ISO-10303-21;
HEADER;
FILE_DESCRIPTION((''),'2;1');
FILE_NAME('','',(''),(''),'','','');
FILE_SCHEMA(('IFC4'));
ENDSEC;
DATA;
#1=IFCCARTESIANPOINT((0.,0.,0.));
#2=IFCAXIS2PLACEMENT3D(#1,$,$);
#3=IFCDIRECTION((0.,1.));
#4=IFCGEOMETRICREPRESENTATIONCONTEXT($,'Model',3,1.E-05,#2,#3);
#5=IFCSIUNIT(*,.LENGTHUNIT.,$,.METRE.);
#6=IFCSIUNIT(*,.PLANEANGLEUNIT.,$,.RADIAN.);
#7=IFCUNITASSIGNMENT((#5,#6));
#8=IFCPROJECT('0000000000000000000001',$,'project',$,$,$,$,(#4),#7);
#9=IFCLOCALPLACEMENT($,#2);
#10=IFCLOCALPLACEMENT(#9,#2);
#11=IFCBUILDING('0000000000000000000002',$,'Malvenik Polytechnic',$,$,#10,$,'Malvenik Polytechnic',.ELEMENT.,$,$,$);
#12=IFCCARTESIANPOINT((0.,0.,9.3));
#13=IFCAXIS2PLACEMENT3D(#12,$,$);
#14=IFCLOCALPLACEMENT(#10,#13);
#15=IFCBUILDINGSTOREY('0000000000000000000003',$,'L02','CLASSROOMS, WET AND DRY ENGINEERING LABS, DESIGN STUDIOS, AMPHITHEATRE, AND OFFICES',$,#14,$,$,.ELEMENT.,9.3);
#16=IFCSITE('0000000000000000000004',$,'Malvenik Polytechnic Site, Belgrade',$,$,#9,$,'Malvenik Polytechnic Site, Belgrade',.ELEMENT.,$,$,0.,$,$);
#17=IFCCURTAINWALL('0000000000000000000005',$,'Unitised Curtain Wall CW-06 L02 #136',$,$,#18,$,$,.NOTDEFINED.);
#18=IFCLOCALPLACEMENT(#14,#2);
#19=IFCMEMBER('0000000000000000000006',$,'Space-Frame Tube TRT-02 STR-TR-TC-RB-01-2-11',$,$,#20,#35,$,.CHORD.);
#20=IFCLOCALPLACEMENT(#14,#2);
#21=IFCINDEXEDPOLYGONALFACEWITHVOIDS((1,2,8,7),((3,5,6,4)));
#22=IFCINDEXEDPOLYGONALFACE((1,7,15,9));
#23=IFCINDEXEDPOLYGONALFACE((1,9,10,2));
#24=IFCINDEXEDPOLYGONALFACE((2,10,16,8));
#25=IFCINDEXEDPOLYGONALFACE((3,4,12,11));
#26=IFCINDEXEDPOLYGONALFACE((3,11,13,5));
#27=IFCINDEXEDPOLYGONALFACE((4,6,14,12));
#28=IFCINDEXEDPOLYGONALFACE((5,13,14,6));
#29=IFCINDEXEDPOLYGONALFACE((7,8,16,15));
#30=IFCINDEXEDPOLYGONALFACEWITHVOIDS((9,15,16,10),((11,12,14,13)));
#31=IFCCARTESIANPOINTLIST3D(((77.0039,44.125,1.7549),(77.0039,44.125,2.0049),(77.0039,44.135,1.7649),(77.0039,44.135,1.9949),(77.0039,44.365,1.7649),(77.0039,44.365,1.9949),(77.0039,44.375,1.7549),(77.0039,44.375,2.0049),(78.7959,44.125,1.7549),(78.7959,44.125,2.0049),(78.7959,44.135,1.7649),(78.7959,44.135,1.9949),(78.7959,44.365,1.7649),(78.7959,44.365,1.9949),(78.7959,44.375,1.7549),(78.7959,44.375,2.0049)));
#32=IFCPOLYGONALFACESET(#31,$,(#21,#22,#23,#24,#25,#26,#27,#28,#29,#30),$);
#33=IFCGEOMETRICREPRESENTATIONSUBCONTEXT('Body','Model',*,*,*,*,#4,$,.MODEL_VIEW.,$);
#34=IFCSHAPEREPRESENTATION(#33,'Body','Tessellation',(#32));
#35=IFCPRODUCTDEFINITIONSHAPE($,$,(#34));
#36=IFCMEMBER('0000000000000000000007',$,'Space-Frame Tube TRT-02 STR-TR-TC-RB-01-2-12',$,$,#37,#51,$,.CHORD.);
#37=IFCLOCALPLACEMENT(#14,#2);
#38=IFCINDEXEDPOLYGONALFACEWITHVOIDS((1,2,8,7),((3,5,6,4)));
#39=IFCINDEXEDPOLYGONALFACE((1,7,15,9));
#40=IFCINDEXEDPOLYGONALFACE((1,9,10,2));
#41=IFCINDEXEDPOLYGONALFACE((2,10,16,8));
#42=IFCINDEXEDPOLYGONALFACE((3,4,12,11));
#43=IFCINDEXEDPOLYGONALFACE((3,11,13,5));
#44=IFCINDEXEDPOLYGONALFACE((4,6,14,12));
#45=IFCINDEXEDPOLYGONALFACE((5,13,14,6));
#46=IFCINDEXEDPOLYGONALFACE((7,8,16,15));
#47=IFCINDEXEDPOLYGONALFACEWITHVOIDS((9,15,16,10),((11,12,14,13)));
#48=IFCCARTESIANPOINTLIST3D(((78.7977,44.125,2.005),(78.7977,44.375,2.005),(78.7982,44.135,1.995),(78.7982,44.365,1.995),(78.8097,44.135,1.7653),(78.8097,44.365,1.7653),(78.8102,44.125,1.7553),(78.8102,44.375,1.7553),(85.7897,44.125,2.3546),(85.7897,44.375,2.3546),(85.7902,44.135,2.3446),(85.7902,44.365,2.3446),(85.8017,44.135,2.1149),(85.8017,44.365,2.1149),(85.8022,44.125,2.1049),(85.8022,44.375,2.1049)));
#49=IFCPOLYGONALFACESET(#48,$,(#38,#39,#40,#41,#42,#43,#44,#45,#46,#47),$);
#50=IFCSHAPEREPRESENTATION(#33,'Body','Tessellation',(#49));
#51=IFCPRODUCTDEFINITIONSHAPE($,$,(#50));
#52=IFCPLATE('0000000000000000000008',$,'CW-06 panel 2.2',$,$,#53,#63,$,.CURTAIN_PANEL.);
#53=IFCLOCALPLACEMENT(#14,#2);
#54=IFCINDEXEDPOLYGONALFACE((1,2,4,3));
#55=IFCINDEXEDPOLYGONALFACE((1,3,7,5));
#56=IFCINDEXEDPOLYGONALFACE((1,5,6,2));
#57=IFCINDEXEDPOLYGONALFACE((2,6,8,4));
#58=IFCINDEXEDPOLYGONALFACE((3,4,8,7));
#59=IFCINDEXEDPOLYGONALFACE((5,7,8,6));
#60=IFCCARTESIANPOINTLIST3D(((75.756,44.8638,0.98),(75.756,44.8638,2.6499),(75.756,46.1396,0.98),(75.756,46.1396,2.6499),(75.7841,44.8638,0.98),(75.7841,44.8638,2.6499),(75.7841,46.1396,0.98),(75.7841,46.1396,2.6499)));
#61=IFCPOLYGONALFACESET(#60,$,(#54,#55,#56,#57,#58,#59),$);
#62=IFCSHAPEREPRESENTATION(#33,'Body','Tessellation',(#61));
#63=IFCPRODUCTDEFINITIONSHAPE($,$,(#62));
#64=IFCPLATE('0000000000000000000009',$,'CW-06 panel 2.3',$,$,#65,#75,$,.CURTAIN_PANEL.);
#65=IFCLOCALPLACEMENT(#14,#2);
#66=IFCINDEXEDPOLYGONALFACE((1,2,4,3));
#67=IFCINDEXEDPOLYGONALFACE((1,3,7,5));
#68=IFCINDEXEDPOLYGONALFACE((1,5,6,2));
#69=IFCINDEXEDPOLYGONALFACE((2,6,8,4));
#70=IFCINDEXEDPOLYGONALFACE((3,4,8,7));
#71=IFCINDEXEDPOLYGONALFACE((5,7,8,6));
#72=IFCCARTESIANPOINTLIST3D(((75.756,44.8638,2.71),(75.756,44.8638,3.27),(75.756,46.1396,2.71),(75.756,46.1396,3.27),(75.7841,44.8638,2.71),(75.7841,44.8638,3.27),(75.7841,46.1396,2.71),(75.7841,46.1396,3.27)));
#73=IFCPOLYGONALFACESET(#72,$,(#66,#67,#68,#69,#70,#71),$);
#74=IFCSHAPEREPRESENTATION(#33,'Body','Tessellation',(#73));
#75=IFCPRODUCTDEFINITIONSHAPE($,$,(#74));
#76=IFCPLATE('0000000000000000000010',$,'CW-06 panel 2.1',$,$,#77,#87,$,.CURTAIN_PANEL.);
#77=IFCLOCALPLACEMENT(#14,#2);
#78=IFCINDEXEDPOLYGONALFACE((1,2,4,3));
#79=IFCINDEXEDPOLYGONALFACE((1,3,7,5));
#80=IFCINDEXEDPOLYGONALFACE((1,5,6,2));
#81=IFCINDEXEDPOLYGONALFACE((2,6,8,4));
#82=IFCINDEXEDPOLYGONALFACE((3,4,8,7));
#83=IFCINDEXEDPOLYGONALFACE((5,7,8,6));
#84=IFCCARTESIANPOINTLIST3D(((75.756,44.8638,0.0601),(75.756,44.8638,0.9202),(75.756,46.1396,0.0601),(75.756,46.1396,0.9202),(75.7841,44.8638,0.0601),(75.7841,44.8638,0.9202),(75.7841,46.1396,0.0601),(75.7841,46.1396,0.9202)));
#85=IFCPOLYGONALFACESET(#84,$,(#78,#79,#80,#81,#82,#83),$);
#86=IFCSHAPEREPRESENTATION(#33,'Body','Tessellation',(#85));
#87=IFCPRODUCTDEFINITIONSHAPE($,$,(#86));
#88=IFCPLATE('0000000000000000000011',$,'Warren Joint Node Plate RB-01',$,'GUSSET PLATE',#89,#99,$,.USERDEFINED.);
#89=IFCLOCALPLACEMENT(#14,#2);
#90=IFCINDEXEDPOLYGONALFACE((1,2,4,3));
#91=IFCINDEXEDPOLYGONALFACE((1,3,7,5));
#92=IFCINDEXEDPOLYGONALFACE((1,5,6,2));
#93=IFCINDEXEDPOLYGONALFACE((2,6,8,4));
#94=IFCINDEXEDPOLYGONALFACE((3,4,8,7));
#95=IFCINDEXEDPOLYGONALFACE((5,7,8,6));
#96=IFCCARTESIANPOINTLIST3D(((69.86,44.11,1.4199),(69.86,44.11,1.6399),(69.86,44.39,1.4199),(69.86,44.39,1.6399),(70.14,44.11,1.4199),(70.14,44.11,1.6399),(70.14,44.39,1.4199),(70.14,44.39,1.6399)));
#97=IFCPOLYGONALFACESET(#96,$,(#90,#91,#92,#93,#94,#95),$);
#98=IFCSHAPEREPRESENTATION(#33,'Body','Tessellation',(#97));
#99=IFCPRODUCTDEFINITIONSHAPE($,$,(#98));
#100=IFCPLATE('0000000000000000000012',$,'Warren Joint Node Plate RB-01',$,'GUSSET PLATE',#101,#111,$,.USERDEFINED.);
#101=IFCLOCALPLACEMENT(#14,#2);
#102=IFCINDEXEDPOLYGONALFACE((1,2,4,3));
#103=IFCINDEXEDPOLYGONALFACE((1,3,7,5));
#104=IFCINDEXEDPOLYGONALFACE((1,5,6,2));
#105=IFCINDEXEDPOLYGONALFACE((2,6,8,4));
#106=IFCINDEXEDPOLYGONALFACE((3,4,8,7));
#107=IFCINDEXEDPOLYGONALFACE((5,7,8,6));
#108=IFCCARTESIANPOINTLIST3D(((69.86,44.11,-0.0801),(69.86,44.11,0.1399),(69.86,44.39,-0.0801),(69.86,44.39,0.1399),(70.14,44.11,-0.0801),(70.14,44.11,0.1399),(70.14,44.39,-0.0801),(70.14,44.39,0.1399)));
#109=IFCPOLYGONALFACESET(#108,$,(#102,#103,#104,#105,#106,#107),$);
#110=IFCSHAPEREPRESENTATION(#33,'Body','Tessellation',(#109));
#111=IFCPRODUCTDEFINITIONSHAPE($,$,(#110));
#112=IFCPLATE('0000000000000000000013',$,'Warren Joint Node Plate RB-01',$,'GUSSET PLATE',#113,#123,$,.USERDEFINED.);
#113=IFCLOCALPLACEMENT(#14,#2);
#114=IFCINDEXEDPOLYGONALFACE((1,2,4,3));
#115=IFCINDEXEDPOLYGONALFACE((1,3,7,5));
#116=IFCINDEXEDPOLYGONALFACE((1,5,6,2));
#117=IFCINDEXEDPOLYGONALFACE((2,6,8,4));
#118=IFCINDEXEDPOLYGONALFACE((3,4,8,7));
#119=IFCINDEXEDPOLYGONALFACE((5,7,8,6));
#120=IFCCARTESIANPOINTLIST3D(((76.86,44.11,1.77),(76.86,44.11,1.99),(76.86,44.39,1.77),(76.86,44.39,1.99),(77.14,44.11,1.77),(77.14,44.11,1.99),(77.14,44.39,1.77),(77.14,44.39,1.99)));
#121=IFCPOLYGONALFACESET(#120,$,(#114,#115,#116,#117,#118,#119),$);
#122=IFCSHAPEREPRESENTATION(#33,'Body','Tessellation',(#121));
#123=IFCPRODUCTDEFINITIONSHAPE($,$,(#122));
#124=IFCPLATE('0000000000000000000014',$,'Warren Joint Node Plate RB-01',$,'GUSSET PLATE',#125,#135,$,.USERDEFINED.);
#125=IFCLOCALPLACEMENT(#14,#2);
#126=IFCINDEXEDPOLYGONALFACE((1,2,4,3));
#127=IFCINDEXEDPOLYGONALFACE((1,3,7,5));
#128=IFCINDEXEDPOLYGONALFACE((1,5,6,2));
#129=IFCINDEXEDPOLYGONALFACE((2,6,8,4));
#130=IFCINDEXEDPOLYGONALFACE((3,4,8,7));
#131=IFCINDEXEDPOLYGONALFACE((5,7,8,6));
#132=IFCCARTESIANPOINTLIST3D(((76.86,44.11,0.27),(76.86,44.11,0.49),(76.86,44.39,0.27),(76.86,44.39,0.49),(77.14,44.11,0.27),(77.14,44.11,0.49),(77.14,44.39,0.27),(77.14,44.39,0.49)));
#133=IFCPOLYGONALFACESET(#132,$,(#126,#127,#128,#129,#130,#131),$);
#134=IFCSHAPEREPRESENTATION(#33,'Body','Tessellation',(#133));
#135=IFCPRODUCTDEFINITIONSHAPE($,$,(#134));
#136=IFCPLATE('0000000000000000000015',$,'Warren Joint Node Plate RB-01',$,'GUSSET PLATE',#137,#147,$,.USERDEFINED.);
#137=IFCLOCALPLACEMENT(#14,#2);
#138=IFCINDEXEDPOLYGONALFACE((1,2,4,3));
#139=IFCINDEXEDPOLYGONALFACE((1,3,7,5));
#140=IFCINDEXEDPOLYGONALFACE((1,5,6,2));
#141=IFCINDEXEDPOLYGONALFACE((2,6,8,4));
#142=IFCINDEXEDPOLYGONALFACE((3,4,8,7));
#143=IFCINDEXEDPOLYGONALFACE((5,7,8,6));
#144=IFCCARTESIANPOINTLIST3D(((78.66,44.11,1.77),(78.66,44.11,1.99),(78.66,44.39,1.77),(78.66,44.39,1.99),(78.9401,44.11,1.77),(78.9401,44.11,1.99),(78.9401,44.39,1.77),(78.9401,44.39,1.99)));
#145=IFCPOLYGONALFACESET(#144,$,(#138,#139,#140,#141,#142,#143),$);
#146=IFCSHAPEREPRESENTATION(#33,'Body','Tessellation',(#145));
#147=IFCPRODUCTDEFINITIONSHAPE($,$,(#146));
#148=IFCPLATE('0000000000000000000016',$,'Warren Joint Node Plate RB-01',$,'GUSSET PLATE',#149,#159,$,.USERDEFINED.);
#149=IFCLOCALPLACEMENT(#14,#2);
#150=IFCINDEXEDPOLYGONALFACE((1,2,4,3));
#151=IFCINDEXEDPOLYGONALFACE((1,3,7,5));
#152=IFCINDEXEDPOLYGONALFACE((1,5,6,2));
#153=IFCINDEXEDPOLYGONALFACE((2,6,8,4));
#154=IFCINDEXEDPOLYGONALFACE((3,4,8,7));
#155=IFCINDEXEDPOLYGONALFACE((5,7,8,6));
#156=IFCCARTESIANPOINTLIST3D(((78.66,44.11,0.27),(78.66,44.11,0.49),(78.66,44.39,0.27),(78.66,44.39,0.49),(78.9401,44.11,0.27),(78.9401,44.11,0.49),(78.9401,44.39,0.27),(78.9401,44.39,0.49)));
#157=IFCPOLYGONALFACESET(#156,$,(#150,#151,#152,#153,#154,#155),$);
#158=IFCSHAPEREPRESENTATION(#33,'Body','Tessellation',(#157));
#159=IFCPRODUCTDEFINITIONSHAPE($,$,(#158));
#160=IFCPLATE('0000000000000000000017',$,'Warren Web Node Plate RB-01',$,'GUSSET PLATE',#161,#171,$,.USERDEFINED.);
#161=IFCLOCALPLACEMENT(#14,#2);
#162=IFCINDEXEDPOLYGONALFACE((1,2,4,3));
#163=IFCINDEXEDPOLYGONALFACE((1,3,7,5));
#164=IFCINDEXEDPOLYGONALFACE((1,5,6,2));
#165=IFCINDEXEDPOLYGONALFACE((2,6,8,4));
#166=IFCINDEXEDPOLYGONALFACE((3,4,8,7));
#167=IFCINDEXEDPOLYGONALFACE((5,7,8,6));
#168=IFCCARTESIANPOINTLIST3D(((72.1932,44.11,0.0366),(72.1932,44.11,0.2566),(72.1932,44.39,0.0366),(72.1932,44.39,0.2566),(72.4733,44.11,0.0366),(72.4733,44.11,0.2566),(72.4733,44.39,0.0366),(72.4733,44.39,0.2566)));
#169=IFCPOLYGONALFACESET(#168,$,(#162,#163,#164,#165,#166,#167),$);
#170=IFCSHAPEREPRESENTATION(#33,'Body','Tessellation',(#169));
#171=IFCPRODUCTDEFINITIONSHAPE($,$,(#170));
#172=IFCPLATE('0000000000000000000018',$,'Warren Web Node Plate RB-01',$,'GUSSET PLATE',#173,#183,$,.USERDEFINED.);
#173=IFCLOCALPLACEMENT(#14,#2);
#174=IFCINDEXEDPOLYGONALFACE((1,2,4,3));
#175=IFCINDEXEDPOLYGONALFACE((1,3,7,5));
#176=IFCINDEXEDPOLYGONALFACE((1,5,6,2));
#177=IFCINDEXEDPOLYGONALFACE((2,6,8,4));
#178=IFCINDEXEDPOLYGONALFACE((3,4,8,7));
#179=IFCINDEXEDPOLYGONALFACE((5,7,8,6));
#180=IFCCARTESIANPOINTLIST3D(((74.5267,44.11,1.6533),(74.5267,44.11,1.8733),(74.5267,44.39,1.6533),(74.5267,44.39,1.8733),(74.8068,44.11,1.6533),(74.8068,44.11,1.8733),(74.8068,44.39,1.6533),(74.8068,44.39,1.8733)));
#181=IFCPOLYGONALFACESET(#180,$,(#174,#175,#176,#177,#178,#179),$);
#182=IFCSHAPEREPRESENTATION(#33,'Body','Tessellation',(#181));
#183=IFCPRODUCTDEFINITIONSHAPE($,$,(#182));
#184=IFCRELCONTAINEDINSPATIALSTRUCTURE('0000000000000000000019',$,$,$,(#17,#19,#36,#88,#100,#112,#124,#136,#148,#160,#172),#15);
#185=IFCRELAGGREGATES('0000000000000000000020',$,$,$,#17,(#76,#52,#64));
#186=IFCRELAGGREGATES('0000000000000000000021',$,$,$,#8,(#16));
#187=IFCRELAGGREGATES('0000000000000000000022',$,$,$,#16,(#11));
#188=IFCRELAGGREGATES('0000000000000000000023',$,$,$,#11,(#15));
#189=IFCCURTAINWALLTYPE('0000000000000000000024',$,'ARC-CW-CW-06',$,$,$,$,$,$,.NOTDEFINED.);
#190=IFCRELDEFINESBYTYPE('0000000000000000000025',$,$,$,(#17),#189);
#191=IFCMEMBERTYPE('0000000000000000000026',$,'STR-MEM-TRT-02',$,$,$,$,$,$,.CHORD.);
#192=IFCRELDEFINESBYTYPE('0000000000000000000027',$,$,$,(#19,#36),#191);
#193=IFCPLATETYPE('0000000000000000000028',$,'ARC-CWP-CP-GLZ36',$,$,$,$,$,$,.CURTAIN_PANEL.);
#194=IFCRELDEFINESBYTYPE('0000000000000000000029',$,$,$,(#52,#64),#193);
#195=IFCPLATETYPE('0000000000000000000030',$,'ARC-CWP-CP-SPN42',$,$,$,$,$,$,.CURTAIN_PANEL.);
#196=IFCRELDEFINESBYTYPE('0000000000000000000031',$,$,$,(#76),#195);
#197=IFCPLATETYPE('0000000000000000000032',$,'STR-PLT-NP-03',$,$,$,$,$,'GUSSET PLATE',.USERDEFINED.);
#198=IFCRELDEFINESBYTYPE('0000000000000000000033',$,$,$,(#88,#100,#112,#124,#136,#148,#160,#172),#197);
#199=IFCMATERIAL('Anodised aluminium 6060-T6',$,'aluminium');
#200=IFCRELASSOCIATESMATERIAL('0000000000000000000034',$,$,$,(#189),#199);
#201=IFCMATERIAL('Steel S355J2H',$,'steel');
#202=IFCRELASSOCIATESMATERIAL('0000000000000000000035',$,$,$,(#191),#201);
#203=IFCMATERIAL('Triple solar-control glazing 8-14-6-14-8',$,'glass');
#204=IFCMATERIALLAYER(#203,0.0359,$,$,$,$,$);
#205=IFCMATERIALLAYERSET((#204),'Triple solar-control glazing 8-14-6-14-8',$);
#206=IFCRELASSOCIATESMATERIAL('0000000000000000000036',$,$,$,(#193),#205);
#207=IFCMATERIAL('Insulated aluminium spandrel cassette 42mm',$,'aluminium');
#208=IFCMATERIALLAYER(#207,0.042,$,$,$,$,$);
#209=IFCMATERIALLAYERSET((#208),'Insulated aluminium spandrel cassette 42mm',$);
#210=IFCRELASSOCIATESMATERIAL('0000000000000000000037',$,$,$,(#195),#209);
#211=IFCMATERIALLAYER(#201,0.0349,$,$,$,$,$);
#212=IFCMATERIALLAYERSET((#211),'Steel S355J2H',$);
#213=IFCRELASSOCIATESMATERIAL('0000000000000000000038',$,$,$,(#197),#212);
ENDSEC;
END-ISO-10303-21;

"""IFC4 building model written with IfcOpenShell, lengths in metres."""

from ifc_helpers import new_model, si_unit, direction, frame, origin, origin_2d, place, context, subcontext, project, spatial, rectangle, hollow_rectangle, extrude, material, layer, layer_set, material_profile, profile_set, type_object, element, aggregate, save


model = new_model("IFC4")

# Units and contexts
model_context = context("Model", 3, precision=1e-05, world=origin(), true_north=direction((0.0, 1.0)))
body_context = subcontext(model_context, "Body", "Model", "MODEL_VIEW")
ifc_project = project(units=[si_unit("LENGTHUNIT", "METRE"), si_unit("PLANEANGLEUNIT", "RADIAN")], contexts=[model_context])

# Site, building, storey
site_placement = place(None, origin())
site = spatial("IfcSite", under=ifc_project, at=site_placement, Name="Malvenik Polytechnic Site, Belgrade", LongName="Malvenik Polytechnic Site, Belgrade", CompositionType="ELEMENT", RefElevation=0.0)
building_placement = place(site_placement, origin())
building = spatial("IfcBuilding", under=site, at=building_placement, Name="Malvenik Polytechnic", LongName="Malvenik Polytechnic", CompositionType="ELEMENT")
storey_placement = place(building_placement, frame((0.0, 0.0, 9.3)))
storey = spatial("IfcBuildingStorey", under=building, at=storey_placement, Name="L02", Description="CLASSROOMS, WET AND DRY ENGINEERING LABS, DESIGN STUDIOS, AMPHITHEATRE, AND OFFICES", CompositionType="ELEMENT", Elevation=9.3)

# Shared definitions
ifc_material_1 = material(Name="Steel S355J2H", Category="steel")

# Curtain wall
ifc_material_2 = material(Name="Anodised aluminium 6060-T6", Category="aluminium")
curtain_wall_type = type_object("IfcCurtainWallType", Name="ARC-CW-CW-06", PredefinedType="NOTDEFINED", material=ifc_material_2)
curtain_wall_placement = place(storey_placement, origin())
curtain_wall = element("IfcCurtainWall", 1, at=curtain_wall_placement, inside=storey, type_object=curtain_wall_type, Name="Unitised Curtain Wall CW-06 L02 #136", PredefinedType="NOTDEFINED")

# Members
ifc_material_profile_1 = material_profile(ifc_material_1, hollow_rectangle(XDim=0.25, YDim=0.25, WallThickness=0.01, at=origin_2d()), Name="SHS 250x250x10.0")
ifc_profile_set_1 = profile_set([ifc_material_profile_1], Name="Steel S355J2H")
member_type_1 = type_object("IfcMemberType", Name="STR-MEM-TRT-02", PredefinedType="CHORD", material=ifc_profile_set_1)
member_1_placement = place(storey_placement, frame((77.0039, 44.25, 1.8799), z_axis=(1.0, 0.0, 0.0), x_axis=(0.0, 1.0, 0.0)))
element("IfcMember", 2, at=member_1_placement, inside=storey, type_object=member_type_1, Name="Space-Frame Tube TRT-02 STR-TR-TC-RB-01-2-11", PredefinedType="CHORD", context=body_context, shape_type="SweptSolid", body=[
    extrude(hollow_rectangle(XDim=0.25, YDim=0.25, WallThickness=0.01, at=origin_2d()), origin(), (0.0, 0.0, 1.0), 1.792),
])
member_2_placement = place(storey_placement, frame((78.804, 44.25, 1.8801), z_axis=(0.998752, 0.0, 0.049939), x_axis=(0.0, 1.0, 0.0)))
element("IfcMember", 3, at=member_2_placement, inside=storey, type_object=member_type_1, Name="Space-Frame Tube TRT-02 STR-TR-TC-RB-01-2-12", PredefinedType="CHORD", context=body_context, shape_type="SweptSolid", body=[
    extrude(hollow_rectangle(XDim=0.25, YDim=0.25, WallThickness=0.01, at=origin_2d()), origin(), (0.0, 0.0, 1.0), 7.0007),
])

# Plates
ifc_material_3 = material(Name="Triple solar-control glazing 8-14-6-14-8", Category="glass")
ifc_layer_1 = layer(ifc_material_3, 0.0359)
ifc_layer_set_1 = layer_set([ifc_layer_1], Name="Triple solar-control glazing 8-14-6-14-8")
plate_type_1 = type_object("IfcPlateType", Name="ARC-CWP-CP-GLZ36", PredefinedType="CURTAIN_PANEL", material=ifc_layer_set_1)
plate_1_placement = place(storey_placement, frame((75.77, 45.5017, 0.98), z_axis=(0.0, 0.0, 1.0), x_axis=(0.0, 1.0, 0.0)))
plate_1 = element("IfcPlate", 4, at=plate_1_placement, type_object=plate_type_1, Name="CW-06 panel 2.2", PredefinedType="CURTAIN_PANEL", context=body_context, shape_type="SweptSolid", body=[
    extrude(rectangle(XDim=1.2759, YDim=0.0281, at=origin_2d()), origin(), (0.0, 0.0, 1.0), 1.6699),
])
plate_2_placement = place(storey_placement, frame((75.77, 45.5017, 2.71), z_axis=(0.0, 0.0, 1.0), x_axis=(0.0, 1.0, 0.0)))
plate_2 = element("IfcPlate", 5, at=plate_2_placement, type_object=plate_type_1, Name="CW-06 panel 2.3", PredefinedType="CURTAIN_PANEL", context=body_context, shape_type="SweptSolid", body=[
    extrude(rectangle(XDim=1.2759, YDim=0.0281, at=origin_2d()), origin(), (0.0, 0.0, 1.0), 0.5601),
])
ifc_material_4 = material(Name="Insulated aluminium spandrel cassette 42mm", Category="aluminium")
ifc_layer_2 = layer(ifc_material_4, 0.042)
ifc_layer_set_2 = layer_set([ifc_layer_2], Name="Insulated aluminium spandrel cassette 42mm")
plate_type_2 = type_object("IfcPlateType", Name="ARC-CWP-CP-SPN42", PredefinedType="CURTAIN_PANEL", material=ifc_layer_set_2)
plate_3_placement = place(storey_placement, frame((75.77, 45.5017, 0.0601), z_axis=(0.0, 0.0, 1.0), x_axis=(0.0, 1.0, 0.0)))
plate_3 = element("IfcPlate", 6, at=plate_3_placement, type_object=plate_type_2, Name="CW-06 panel 2.1", PredefinedType="CURTAIN_PANEL", context=body_context, shape_type="SweptSolid", body=[
    extrude(rectangle(XDim=1.2759, YDim=0.0281, at=origin_2d()), origin(), (0.0, 0.0, 1.0), 0.8601),
])
aggregate(curtain_wall, [plate_3, plate_1, plate_2])

# Plates
ifc_layer_3 = layer(ifc_material_1, 0.0349)
ifc_layer_set_3 = layer_set([ifc_layer_3], Name="Steel S355J2H")
plate_type_3 = type_object("IfcPlateType", Name="STR-PLT-NP-03", ElementType="GUSSET PLATE", PredefinedType="USERDEFINED", material=ifc_layer_set_3)
for number, where, z_axis, x_axis, name in (
    (7, (70.0, 44.25, 1.4199), (0.0, 0.0, 1.0), (1.0, 0.0, 0.0), "Warren Joint Node Plate RB-01"),
    (8, (70.0, 44.25, -0.0801), (0.0, 0.0, 1.0), (1.0, 0.0, 0.0), "Warren Joint Node Plate RB-01"),
    (9, (77.0, 44.25, 1.77), (0.0, 0.0, 1.0), (1.0, 0.0, 0.0), "Warren Joint Node Plate RB-01"),
    (10, (77.0, 44.25, 0.27), (0.0, 0.0, 1.0), (1.0, 0.0, 0.0), "Warren Joint Node Plate RB-01"),
    (11, (78.8, 44.25, 1.77), (0.0, 0.0, 1.0), (1.0, 0.0, 0.0), "Warren Joint Node Plate RB-01"),
    (12, (78.8, 44.25, 0.27), (0.0, 0.0, 1.0), (1.0, 0.0, 0.0), "Warren Joint Node Plate RB-01"),
    (13, (72.3333, 44.25, 0.0366), (0.0, 0.0, 1.0), (1.0, 0.0, 0.0), "Warren Web Node Plate RB-01"),
    (14, (74.6667, 44.25, 1.6533), (0.0, 0.0, 1.0), (1.0, 0.0, 0.0), "Warren Web Node Plate RB-01"),
):
    element("IfcPlate", number, at=place(storey_placement, frame(where, z_axis=z_axis, x_axis=x_axis)), inside=storey, type_object=plate_type_3, Name=name, ObjectType="GUSSET PLATE", PredefinedType="USERDEFINED", context=body_context, shape_type="SweptSolid", body=[
        extrude(rectangle(XDim=0.28, YDim=0.28, at=origin_2d()), origin(), (0.0, 0.0, 1.0), 0.22),
    ])

save(model, "model.ifc")
